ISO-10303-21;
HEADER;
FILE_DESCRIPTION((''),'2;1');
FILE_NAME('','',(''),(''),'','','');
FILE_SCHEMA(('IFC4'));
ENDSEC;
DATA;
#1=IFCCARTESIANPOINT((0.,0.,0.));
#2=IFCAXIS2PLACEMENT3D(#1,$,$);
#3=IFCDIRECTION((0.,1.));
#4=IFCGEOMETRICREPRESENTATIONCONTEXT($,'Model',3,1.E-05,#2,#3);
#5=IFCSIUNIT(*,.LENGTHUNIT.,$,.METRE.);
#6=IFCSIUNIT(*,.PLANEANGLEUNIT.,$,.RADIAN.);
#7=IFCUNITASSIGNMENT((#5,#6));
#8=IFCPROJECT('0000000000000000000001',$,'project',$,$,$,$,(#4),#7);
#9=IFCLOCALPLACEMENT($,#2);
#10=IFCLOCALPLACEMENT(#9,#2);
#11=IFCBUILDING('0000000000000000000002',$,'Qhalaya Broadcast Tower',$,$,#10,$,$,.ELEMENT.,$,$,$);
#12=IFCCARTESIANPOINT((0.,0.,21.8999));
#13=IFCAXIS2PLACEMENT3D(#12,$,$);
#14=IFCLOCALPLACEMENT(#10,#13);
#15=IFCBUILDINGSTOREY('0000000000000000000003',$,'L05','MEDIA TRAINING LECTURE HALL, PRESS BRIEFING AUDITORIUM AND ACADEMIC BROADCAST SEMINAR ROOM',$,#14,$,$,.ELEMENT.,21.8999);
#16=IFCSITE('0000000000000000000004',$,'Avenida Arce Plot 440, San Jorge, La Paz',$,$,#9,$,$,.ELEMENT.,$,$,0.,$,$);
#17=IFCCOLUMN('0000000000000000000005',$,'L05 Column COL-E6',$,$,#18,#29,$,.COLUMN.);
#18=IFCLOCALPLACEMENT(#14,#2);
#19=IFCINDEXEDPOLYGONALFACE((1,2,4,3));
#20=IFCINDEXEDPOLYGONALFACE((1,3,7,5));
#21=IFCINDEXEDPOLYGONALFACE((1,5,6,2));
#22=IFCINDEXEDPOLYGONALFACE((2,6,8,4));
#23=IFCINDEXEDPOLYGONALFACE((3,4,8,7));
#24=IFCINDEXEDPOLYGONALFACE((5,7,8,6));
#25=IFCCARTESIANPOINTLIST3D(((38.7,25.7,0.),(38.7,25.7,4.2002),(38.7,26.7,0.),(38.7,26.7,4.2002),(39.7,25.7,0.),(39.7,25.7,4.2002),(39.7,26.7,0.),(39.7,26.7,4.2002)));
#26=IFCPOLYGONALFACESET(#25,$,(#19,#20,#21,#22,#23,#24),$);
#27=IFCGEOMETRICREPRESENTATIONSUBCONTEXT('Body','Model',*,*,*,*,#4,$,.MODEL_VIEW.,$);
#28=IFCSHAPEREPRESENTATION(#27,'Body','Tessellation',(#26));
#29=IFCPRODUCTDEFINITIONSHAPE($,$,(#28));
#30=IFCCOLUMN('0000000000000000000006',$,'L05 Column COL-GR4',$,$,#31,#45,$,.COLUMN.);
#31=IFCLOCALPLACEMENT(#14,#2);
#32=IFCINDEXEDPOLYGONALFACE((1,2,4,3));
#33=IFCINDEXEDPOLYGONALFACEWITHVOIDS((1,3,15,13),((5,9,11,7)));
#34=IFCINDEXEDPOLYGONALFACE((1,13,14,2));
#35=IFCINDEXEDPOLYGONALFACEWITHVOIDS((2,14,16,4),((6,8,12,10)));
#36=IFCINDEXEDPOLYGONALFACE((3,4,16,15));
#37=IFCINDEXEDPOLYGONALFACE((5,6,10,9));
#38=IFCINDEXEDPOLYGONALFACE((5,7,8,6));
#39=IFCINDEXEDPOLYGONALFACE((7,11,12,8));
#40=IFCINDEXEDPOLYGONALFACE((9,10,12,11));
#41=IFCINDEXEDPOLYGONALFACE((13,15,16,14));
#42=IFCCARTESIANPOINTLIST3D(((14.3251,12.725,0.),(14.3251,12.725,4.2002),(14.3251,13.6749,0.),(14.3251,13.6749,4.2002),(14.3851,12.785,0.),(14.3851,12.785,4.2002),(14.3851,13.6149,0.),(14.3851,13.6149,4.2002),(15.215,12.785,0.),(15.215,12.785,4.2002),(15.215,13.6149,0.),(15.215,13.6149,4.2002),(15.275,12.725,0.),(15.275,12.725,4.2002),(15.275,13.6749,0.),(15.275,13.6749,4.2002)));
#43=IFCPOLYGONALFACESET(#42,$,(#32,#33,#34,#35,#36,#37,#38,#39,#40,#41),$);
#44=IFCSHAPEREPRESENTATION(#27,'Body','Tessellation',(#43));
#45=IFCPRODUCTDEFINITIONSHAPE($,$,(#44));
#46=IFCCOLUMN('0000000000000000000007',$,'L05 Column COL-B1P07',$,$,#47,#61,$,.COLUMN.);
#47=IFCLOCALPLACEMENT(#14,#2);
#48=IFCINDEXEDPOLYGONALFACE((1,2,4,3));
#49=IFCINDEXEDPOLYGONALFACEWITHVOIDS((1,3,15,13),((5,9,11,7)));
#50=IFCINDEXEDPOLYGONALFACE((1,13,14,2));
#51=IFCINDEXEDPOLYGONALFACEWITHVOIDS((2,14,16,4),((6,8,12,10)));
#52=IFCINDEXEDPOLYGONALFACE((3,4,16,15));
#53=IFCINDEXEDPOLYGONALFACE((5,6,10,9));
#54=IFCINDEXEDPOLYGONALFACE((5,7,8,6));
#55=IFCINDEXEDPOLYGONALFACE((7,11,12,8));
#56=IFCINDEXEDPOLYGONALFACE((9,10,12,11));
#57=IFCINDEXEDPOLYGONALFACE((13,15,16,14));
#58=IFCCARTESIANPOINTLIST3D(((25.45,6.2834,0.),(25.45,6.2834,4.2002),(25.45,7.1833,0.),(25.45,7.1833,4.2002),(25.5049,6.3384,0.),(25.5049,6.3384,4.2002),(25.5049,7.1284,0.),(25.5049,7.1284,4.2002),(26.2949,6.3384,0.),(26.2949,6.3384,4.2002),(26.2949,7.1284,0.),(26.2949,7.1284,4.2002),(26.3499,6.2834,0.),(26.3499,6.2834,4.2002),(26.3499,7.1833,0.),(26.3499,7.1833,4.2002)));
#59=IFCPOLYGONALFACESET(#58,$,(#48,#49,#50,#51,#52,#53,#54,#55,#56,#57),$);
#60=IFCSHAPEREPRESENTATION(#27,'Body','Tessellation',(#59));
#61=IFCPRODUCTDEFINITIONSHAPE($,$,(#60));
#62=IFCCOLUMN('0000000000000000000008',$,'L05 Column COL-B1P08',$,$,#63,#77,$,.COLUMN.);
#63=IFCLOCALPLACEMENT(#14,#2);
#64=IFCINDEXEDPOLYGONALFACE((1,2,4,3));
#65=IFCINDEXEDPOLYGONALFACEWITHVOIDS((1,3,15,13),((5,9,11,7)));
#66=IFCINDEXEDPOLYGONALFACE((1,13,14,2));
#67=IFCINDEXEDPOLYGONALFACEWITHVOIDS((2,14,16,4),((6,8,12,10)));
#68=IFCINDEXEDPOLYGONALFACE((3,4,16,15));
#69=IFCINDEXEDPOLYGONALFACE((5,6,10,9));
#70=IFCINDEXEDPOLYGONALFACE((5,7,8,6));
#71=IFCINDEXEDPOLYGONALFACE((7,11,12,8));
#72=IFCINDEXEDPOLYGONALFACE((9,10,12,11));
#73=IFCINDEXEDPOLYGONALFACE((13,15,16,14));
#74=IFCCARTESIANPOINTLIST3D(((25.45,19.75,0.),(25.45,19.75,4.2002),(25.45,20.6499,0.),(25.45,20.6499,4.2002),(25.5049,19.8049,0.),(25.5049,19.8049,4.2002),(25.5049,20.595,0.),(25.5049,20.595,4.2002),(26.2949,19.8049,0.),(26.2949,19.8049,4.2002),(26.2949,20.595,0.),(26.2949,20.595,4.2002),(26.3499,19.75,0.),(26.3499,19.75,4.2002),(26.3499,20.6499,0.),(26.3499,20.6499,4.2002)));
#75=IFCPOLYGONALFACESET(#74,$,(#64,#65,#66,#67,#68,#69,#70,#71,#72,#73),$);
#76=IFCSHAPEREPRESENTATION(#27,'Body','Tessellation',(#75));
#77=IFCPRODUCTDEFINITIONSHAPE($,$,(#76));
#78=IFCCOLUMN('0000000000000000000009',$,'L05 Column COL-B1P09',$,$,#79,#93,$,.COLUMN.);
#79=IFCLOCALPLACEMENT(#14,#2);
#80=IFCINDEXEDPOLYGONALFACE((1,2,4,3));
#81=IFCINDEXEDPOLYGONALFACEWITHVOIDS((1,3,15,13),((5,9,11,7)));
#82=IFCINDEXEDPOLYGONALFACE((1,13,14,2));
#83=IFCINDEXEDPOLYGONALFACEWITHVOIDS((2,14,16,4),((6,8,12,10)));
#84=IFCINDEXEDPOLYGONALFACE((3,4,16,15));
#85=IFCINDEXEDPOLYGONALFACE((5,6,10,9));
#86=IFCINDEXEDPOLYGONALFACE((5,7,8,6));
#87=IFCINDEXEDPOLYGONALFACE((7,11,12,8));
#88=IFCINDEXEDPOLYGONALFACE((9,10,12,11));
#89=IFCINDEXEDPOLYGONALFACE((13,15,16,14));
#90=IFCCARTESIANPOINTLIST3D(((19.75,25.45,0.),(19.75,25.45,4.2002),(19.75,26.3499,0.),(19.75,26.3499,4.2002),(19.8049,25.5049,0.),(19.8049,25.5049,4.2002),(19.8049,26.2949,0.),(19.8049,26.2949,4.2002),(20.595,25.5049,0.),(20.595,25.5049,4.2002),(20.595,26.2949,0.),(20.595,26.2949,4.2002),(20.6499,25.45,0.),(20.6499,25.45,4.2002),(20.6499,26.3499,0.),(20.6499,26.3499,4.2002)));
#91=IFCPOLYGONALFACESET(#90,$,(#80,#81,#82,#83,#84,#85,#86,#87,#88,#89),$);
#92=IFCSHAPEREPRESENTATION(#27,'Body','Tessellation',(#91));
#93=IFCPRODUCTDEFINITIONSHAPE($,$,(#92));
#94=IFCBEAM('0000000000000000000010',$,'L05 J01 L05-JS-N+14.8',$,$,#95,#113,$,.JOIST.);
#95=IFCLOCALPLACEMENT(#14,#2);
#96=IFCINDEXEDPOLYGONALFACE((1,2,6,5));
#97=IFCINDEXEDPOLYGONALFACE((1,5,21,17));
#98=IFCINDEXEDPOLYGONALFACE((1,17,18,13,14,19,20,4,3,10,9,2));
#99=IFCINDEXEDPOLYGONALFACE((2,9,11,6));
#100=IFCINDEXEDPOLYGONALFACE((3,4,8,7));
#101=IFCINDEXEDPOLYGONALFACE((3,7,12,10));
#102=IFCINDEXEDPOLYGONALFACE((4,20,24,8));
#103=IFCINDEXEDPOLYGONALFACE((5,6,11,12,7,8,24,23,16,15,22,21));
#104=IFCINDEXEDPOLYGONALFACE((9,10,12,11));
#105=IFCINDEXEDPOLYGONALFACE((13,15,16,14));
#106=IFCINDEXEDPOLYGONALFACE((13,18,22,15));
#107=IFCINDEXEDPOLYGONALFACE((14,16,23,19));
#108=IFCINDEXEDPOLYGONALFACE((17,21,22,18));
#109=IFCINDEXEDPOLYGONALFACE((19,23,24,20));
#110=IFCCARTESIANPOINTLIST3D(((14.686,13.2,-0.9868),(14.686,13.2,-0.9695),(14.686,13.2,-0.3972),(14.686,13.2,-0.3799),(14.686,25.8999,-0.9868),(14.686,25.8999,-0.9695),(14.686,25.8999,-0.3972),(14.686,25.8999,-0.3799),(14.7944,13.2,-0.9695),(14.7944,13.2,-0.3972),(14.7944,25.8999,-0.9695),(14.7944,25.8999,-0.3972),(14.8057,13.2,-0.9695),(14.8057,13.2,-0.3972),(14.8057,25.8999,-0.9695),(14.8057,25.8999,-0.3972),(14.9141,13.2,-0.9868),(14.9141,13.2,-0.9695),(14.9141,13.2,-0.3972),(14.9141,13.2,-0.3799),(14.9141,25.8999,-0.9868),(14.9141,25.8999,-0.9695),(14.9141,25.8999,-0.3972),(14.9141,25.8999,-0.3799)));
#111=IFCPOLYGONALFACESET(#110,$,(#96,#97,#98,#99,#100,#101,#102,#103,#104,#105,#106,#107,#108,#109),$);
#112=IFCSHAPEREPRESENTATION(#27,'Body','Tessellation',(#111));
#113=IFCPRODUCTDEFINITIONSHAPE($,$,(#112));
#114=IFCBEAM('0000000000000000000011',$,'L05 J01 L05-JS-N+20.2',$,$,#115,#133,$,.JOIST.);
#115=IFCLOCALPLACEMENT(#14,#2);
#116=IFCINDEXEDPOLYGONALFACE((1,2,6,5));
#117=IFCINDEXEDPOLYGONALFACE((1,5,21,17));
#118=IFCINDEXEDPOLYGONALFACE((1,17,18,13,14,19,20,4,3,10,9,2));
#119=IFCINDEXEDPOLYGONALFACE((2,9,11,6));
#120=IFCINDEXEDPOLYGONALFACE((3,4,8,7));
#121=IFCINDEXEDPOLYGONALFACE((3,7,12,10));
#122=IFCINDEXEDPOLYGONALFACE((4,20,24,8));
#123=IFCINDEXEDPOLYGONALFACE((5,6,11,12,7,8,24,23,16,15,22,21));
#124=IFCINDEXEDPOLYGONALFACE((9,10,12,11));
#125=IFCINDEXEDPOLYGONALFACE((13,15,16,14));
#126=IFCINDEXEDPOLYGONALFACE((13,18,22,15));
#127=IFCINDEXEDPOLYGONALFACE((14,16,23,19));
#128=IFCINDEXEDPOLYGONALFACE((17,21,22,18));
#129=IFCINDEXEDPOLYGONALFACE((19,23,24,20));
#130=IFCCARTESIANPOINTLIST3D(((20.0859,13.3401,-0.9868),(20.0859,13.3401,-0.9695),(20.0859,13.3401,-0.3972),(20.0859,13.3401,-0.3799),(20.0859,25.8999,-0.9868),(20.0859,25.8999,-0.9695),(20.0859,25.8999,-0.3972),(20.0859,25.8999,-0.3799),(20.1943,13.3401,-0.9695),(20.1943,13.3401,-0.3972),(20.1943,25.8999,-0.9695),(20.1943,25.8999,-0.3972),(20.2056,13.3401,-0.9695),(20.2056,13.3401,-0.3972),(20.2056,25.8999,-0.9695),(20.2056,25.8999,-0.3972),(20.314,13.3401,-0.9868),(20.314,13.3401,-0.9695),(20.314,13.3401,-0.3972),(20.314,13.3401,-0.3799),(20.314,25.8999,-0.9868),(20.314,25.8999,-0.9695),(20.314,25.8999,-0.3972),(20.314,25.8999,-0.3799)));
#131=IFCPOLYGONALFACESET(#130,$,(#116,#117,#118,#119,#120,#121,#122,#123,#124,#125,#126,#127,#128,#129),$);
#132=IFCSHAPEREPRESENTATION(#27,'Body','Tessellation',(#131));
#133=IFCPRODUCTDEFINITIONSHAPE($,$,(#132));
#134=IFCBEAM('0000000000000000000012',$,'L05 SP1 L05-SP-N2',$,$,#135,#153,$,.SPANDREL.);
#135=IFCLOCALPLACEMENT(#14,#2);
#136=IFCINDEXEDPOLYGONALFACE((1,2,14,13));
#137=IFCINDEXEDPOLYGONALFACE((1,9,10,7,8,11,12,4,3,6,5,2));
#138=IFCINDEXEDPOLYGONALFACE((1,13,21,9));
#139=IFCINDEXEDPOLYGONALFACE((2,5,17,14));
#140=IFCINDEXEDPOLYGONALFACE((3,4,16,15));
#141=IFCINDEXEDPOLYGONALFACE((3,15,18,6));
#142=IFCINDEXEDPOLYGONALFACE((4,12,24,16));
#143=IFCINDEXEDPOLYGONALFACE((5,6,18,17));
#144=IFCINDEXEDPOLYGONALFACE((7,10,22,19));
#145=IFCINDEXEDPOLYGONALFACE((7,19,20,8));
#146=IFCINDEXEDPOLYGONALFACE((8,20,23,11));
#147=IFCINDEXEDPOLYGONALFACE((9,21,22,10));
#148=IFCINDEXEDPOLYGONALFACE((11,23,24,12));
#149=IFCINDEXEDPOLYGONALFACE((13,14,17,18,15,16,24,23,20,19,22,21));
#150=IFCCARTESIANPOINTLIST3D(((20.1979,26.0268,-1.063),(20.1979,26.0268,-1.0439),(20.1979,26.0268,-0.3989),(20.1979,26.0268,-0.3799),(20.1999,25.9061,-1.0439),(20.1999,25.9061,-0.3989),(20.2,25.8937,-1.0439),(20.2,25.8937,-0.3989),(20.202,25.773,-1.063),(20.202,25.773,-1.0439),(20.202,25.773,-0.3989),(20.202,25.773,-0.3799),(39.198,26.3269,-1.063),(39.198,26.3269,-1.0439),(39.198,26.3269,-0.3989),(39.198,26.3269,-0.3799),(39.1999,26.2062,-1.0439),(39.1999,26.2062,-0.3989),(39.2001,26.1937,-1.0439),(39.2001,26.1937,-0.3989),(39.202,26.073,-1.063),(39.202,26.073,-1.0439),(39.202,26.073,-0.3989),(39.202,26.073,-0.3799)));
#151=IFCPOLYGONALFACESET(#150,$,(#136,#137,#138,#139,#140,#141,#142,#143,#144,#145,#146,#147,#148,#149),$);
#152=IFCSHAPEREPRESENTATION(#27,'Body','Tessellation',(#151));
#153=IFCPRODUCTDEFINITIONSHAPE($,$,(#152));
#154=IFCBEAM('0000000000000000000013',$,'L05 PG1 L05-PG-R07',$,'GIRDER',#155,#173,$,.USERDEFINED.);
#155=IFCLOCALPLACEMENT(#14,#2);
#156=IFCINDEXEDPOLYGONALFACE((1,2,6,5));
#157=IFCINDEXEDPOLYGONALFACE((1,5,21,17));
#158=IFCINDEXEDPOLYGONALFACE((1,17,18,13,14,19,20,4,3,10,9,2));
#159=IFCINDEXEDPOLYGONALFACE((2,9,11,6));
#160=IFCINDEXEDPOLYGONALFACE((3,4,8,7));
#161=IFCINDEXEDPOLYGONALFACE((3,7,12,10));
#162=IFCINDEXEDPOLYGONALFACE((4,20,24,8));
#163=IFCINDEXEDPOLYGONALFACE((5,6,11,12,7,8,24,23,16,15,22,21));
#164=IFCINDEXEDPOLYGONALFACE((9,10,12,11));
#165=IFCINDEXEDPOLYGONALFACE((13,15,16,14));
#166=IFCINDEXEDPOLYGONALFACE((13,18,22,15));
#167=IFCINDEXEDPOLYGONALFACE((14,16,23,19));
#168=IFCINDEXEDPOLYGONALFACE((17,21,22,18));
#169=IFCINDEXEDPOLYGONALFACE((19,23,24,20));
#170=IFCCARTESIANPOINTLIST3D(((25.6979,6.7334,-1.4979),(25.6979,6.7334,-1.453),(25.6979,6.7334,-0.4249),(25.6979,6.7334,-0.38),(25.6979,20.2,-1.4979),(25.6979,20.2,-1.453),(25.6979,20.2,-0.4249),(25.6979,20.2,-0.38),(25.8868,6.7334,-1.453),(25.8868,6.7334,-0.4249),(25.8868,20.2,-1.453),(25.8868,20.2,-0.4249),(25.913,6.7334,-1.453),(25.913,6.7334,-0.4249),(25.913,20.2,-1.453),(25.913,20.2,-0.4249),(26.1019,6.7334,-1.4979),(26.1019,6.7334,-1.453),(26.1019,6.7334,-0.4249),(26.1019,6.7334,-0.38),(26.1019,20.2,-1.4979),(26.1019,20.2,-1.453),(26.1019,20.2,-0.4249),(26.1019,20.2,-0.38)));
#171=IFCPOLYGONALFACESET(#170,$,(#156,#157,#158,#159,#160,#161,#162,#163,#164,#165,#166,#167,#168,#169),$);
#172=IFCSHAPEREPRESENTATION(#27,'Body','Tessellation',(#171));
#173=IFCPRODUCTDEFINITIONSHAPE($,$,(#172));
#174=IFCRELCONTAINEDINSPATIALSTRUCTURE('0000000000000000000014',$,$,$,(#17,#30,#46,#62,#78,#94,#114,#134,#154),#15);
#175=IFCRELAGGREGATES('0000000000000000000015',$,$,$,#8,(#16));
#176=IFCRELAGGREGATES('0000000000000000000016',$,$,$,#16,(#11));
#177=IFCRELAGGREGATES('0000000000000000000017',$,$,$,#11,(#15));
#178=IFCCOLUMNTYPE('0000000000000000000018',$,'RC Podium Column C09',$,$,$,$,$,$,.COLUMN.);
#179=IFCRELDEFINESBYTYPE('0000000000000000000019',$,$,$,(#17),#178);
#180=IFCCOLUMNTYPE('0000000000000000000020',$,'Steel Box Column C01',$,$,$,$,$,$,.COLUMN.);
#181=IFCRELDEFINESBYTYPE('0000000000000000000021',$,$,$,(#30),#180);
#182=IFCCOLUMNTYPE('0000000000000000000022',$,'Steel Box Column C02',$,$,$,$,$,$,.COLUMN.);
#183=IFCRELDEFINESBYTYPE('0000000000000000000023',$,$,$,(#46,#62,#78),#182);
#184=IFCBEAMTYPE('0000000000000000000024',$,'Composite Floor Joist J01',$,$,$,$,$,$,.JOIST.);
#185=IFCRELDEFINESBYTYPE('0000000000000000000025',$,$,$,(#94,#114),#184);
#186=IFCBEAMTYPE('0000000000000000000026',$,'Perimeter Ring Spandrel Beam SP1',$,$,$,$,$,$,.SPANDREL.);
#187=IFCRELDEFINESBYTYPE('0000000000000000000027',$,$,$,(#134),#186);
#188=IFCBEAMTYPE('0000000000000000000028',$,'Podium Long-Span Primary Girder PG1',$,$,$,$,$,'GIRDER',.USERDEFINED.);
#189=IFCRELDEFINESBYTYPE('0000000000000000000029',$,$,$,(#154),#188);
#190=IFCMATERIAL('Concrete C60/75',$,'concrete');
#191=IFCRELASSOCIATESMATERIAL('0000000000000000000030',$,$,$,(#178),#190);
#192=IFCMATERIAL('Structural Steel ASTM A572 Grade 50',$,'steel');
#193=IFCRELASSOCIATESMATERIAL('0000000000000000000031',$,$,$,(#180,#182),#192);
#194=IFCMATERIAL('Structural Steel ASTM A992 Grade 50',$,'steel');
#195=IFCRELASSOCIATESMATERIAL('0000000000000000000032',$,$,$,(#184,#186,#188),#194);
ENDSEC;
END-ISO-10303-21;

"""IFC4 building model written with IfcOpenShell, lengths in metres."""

from ifc_helpers import new_model, si_unit, direction, frame, origin, origin_2d, place, context, subcontext, project, spatial, rectangle, hollow_rectangle, i_section, extrude, material, material_profile, profile_set, type_object, element, save


model = new_model("IFC4")

# Units and contexts
model_context = context("Model", 3, precision=1e-05, world=origin(), true_north=direction((0.0, 1.0)))
body_context = subcontext(model_context, "Body", "Model", "MODEL_VIEW")
ifc_project = project(units=[si_unit("LENGTHUNIT", "METRE"), si_unit("PLANEANGLEUNIT", "RADIAN")], contexts=[model_context])

# Site, building, storey
site_placement = place(None, origin())
site = spatial("IfcSite", under=ifc_project, at=site_placement, Name="Avenida Arce Plot 440, San Jorge, La Paz", CompositionType="ELEMENT", RefElevation=0.0)
building_placement = place(site_placement, origin())
building = spatial("IfcBuilding", under=site, at=building_placement, Name="Qhalaya Broadcast Tower", CompositionType="ELEMENT")
storey_placement = place(building_placement, frame((0.0, 0.0, 21.8999)))
storey = spatial("IfcBuildingStorey", under=building, at=storey_placement, Name="L05", Description="MEDIA TRAINING LECTURE HALL, PRESS BRIEFING AUDITORIUM AND ACADEMIC BROADCAST SEMINAR ROOM", CompositionType="ELEMENT", Elevation=21.8999)

# Columns
ifc_material_1 = material(Name="Concrete C60/75", Category="concrete")
ifc_material_profile_1 = material_profile(ifc_material_1, rectangle(XDim=1.0, YDim=1.0, at=origin_2d()), Name="RC-COL 1000x1000")
ifc_profile_set_1 = profile_set([ifc_material_profile_1], Name="Concrete C60/75")
column_type_1 = type_object("IfcColumnType", Name="RC Podium Column C09", PredefinedType="COLUMN", material=ifc_profile_set_1)
column_1_placement = place(storey_placement, frame((39.2, 26.2, 0.0), z_axis=(0.0, 0.0, 1.0), x_axis=(1.0, 0.0, 0.0)))
element("IfcColumn", 1, at=column_1_placement, inside=storey, type_object=column_type_1, Name="L05 Column COL-E6", PredefinedType="COLUMN", context=body_context, shape_type="SweptSolid", body=[
    extrude(rectangle(XDim=1.0, YDim=1.0, at=origin_2d()), origin(), (0.0, 0.0, 1.0), 4.2002),
])
ifc_material_2 = material(Name="Structural Steel ASTM A572 Grade 50", Category="steel")
ifc_material_profile_2 = material_profile(ifc_material_2, hollow_rectangle(XDim=0.95, YDim=0.95, WallThickness=0.0601, at=origin_2d()), Name="BOX 950x950x60")
ifc_profile_set_2 = profile_set([ifc_material_profile_2], Name="Structural Steel ASTM A572 Grade 50")
column_type_2 = type_object("IfcColumnType", Name="Steel Box Column C01", PredefinedType="COLUMN", material=ifc_profile_set_2)
column_2_placement = place(storey_placement, frame((14.8, 13.2, 0.0), z_axis=(0.0, 0.0, 1.0), x_axis=(1.0, 0.0, 0.0)))
element("IfcColumn", 2, at=column_2_placement, inside=storey, type_object=column_type_2, Name="L05 Column COL-GR4", PredefinedType="COLUMN", context=body_context, shape_type="SweptSolid", body=[
    extrude(hollow_rectangle(XDim=0.95, YDim=0.95, WallThickness=0.0601, at=origin_2d()), origin(), (0.0, 0.0, 1.0), 4.2002),
])
ifc_material_profile_3 = material_profile(ifc_material_2, hollow_rectangle(XDim=0.8999, YDim=0.8999, WallThickness=0.0549, at=origin_2d()), Name="BOX 900x900x55")
ifc_profile_set_3 = profile_set([ifc_material_profile_3], Name="Structural Steel ASTM A572 Grade 50")
column_type_3 = type_object("IfcColumnType", Name="Steel Box Column C02", PredefinedType="COLUMN", material=ifc_profile_set_3)
for number, where, z_axis, x_axis, name in (
    (3, (25.8999, 6.7334, 0.0), (0.0, 0.0, 1.0), (0.0, 1.0, 0.0), "L05 Column COL-B1P07"),
    (4, (25.8999, 20.2, 0.0), (0.0, 0.0, 1.0), (0.0, 1.0, 0.0), "L05 Column COL-B1P08"),
    (5, (20.2, 25.8999, 0.0), (0.0, 0.0, 1.0), (1.0, 0.0, 0.0), "L05 Column COL-B1P09"),
):
    element("IfcColumn", number, at=place(storey_placement, frame(where, z_axis=z_axis, x_axis=x_axis)), inside=storey, type_object=column_type_3, Name=name, PredefinedType="COLUMN", context=body_context, shape_type="SweptSolid", body=[
        extrude(hollow_rectangle(XDim=0.8999, YDim=0.8999, WallThickness=0.0549, at=origin_2d()), origin(), (0.0, 0.0, 1.0), 4.2002),
    ])

# Beams
ifc_material_3 = material(Name="Structural Steel ASTM A992 Grade 50", Category="steel")
ifc_material_profile_4 = material_profile(ifc_material_3, i_section(OverallWidth=0.228, OverallDepth=0.6069, WebThickness=0.0112, FlangeThickness=0.0173, at=origin_2d()), Name="W24X76")
ifc_profile_set_4 = profile_set([ifc_material_profile_4], Name="Structural Steel ASTM A992 Grade 50")
beam_type_1 = type_object("IfcBeamType", Name="Composite Floor Joist J01", PredefinedType="JOIST", material=ifc_profile_set_4)
beam_1_placement = place(storey_placement, frame((14.8, 13.2, -0.6833), z_axis=(0.0, 1.0, 0.0), x_axis=(-1.0, 0.0, 0.0)))
element("IfcBeam", 6, at=beam_1_placement, inside=storey, type_object=beam_type_1, Name="L05 J01 L05-JS-N+14.8", PredefinedType="JOIST", context=body_context, shape_type="SweptSolid", body=[
    extrude(i_section(OverallWidth=0.228, OverallDepth=0.6069, WebThickness=0.0112, FlangeThickness=0.0173, at=origin_2d()), origin(), (0.0, 0.0, 1.0), 12.7),
])
beam_2_placement = place(storey_placement, frame((20.2, 13.3401, -0.6833), z_axis=(0.0, 1.0, 0.0), x_axis=(-1.0, 0.0, 0.0)))
element("IfcBeam", 7, at=beam_2_placement, inside=storey, type_object=beam_type_1, Name="L05 J01 L05-JS-N+20.2", PredefinedType="JOIST", context=body_context, shape_type="SweptSolid", body=[
    extrude(i_section(OverallWidth=0.228, OverallDepth=0.6069, WebThickness=0.0112, FlangeThickness=0.0173, at=origin_2d()), origin(), (0.0, 0.0, 1.0), 12.5598),
])
ifc_material_profile_5 = material_profile(ifc_material_3, i_section(OverallWidth=0.2539, OverallDepth=0.6831, WebThickness=0.0125, FlangeThickness=0.019, at=origin_2d()), Name="W27X94")
ifc_profile_set_5 = profile_set([ifc_material_profile_5], Name="Structural Steel ASTM A992 Grade 50")
beam_type_2 = type_object("IfcBeamType", Name="Perimeter Ring Spandrel Beam SP1", PredefinedType="SPANDREL", material=ifc_profile_set_5)
beam_3_placement = place(storey_placement, frame((20.2, 25.8999, -0.7214), z_axis=(0.999875, 0.01579, 0.0), x_axis=(-0.01579, 0.999875, 0.0)))
element("IfcBeam", 8, at=beam_3_placement, inside=storey, type_object=beam_type_2, Name="L05 SP1 L05-SP-N2", PredefinedType="SPANDREL", context=body_context, shape_type="SweptSolid", body=[
    extrude(i_section(OverallWidth=0.2539, OverallDepth=0.6831, WebThickness=0.0125, FlangeThickness=0.019, at=origin_2d()), origin(), (0.0, 0.0, 1.0), 19.0024),
])
ifc_material_profile_6 = material_profile(ifc_material_3, i_section(OverallWidth=0.4041, OverallDepth=1.1179, WebThickness=0.0261, FlangeThickness=0.0449, at=origin_2d()), Name="W44X335")
ifc_profile_set_6 = profile_set([ifc_material_profile_6], Name="Structural Steel ASTM A992 Grade 50")
beam_type_3 = type_object("IfcBeamType", Name="Podium Long-Span Primary Girder PG1", ElementType="GIRDER", PredefinedType="USERDEFINED", material=ifc_profile_set_6)
beam_4_placement = place(storey_placement, frame((25.8999, 6.7334, -0.939), z_axis=(0.0, 1.0, 0.0), x_axis=(-1.0, 0.0, 0.0)))
element("IfcBeam", 9, at=beam_4_placement, inside=storey, type_object=beam_type_3, Name="L05 PG1 L05-PG-R07", ObjectType="GIRDER", PredefinedType="USERDEFINED", context=body_context, shape_type="SweptSolid", body=[
    extrude(i_section(OverallWidth=0.4041, OverallDepth=1.1179, WebThickness=0.0261, FlangeThickness=0.0449, at=origin_2d()), origin(), (0.0, 0.0, 1.0), 13.4666),
])

save(model, "model.ifc")
